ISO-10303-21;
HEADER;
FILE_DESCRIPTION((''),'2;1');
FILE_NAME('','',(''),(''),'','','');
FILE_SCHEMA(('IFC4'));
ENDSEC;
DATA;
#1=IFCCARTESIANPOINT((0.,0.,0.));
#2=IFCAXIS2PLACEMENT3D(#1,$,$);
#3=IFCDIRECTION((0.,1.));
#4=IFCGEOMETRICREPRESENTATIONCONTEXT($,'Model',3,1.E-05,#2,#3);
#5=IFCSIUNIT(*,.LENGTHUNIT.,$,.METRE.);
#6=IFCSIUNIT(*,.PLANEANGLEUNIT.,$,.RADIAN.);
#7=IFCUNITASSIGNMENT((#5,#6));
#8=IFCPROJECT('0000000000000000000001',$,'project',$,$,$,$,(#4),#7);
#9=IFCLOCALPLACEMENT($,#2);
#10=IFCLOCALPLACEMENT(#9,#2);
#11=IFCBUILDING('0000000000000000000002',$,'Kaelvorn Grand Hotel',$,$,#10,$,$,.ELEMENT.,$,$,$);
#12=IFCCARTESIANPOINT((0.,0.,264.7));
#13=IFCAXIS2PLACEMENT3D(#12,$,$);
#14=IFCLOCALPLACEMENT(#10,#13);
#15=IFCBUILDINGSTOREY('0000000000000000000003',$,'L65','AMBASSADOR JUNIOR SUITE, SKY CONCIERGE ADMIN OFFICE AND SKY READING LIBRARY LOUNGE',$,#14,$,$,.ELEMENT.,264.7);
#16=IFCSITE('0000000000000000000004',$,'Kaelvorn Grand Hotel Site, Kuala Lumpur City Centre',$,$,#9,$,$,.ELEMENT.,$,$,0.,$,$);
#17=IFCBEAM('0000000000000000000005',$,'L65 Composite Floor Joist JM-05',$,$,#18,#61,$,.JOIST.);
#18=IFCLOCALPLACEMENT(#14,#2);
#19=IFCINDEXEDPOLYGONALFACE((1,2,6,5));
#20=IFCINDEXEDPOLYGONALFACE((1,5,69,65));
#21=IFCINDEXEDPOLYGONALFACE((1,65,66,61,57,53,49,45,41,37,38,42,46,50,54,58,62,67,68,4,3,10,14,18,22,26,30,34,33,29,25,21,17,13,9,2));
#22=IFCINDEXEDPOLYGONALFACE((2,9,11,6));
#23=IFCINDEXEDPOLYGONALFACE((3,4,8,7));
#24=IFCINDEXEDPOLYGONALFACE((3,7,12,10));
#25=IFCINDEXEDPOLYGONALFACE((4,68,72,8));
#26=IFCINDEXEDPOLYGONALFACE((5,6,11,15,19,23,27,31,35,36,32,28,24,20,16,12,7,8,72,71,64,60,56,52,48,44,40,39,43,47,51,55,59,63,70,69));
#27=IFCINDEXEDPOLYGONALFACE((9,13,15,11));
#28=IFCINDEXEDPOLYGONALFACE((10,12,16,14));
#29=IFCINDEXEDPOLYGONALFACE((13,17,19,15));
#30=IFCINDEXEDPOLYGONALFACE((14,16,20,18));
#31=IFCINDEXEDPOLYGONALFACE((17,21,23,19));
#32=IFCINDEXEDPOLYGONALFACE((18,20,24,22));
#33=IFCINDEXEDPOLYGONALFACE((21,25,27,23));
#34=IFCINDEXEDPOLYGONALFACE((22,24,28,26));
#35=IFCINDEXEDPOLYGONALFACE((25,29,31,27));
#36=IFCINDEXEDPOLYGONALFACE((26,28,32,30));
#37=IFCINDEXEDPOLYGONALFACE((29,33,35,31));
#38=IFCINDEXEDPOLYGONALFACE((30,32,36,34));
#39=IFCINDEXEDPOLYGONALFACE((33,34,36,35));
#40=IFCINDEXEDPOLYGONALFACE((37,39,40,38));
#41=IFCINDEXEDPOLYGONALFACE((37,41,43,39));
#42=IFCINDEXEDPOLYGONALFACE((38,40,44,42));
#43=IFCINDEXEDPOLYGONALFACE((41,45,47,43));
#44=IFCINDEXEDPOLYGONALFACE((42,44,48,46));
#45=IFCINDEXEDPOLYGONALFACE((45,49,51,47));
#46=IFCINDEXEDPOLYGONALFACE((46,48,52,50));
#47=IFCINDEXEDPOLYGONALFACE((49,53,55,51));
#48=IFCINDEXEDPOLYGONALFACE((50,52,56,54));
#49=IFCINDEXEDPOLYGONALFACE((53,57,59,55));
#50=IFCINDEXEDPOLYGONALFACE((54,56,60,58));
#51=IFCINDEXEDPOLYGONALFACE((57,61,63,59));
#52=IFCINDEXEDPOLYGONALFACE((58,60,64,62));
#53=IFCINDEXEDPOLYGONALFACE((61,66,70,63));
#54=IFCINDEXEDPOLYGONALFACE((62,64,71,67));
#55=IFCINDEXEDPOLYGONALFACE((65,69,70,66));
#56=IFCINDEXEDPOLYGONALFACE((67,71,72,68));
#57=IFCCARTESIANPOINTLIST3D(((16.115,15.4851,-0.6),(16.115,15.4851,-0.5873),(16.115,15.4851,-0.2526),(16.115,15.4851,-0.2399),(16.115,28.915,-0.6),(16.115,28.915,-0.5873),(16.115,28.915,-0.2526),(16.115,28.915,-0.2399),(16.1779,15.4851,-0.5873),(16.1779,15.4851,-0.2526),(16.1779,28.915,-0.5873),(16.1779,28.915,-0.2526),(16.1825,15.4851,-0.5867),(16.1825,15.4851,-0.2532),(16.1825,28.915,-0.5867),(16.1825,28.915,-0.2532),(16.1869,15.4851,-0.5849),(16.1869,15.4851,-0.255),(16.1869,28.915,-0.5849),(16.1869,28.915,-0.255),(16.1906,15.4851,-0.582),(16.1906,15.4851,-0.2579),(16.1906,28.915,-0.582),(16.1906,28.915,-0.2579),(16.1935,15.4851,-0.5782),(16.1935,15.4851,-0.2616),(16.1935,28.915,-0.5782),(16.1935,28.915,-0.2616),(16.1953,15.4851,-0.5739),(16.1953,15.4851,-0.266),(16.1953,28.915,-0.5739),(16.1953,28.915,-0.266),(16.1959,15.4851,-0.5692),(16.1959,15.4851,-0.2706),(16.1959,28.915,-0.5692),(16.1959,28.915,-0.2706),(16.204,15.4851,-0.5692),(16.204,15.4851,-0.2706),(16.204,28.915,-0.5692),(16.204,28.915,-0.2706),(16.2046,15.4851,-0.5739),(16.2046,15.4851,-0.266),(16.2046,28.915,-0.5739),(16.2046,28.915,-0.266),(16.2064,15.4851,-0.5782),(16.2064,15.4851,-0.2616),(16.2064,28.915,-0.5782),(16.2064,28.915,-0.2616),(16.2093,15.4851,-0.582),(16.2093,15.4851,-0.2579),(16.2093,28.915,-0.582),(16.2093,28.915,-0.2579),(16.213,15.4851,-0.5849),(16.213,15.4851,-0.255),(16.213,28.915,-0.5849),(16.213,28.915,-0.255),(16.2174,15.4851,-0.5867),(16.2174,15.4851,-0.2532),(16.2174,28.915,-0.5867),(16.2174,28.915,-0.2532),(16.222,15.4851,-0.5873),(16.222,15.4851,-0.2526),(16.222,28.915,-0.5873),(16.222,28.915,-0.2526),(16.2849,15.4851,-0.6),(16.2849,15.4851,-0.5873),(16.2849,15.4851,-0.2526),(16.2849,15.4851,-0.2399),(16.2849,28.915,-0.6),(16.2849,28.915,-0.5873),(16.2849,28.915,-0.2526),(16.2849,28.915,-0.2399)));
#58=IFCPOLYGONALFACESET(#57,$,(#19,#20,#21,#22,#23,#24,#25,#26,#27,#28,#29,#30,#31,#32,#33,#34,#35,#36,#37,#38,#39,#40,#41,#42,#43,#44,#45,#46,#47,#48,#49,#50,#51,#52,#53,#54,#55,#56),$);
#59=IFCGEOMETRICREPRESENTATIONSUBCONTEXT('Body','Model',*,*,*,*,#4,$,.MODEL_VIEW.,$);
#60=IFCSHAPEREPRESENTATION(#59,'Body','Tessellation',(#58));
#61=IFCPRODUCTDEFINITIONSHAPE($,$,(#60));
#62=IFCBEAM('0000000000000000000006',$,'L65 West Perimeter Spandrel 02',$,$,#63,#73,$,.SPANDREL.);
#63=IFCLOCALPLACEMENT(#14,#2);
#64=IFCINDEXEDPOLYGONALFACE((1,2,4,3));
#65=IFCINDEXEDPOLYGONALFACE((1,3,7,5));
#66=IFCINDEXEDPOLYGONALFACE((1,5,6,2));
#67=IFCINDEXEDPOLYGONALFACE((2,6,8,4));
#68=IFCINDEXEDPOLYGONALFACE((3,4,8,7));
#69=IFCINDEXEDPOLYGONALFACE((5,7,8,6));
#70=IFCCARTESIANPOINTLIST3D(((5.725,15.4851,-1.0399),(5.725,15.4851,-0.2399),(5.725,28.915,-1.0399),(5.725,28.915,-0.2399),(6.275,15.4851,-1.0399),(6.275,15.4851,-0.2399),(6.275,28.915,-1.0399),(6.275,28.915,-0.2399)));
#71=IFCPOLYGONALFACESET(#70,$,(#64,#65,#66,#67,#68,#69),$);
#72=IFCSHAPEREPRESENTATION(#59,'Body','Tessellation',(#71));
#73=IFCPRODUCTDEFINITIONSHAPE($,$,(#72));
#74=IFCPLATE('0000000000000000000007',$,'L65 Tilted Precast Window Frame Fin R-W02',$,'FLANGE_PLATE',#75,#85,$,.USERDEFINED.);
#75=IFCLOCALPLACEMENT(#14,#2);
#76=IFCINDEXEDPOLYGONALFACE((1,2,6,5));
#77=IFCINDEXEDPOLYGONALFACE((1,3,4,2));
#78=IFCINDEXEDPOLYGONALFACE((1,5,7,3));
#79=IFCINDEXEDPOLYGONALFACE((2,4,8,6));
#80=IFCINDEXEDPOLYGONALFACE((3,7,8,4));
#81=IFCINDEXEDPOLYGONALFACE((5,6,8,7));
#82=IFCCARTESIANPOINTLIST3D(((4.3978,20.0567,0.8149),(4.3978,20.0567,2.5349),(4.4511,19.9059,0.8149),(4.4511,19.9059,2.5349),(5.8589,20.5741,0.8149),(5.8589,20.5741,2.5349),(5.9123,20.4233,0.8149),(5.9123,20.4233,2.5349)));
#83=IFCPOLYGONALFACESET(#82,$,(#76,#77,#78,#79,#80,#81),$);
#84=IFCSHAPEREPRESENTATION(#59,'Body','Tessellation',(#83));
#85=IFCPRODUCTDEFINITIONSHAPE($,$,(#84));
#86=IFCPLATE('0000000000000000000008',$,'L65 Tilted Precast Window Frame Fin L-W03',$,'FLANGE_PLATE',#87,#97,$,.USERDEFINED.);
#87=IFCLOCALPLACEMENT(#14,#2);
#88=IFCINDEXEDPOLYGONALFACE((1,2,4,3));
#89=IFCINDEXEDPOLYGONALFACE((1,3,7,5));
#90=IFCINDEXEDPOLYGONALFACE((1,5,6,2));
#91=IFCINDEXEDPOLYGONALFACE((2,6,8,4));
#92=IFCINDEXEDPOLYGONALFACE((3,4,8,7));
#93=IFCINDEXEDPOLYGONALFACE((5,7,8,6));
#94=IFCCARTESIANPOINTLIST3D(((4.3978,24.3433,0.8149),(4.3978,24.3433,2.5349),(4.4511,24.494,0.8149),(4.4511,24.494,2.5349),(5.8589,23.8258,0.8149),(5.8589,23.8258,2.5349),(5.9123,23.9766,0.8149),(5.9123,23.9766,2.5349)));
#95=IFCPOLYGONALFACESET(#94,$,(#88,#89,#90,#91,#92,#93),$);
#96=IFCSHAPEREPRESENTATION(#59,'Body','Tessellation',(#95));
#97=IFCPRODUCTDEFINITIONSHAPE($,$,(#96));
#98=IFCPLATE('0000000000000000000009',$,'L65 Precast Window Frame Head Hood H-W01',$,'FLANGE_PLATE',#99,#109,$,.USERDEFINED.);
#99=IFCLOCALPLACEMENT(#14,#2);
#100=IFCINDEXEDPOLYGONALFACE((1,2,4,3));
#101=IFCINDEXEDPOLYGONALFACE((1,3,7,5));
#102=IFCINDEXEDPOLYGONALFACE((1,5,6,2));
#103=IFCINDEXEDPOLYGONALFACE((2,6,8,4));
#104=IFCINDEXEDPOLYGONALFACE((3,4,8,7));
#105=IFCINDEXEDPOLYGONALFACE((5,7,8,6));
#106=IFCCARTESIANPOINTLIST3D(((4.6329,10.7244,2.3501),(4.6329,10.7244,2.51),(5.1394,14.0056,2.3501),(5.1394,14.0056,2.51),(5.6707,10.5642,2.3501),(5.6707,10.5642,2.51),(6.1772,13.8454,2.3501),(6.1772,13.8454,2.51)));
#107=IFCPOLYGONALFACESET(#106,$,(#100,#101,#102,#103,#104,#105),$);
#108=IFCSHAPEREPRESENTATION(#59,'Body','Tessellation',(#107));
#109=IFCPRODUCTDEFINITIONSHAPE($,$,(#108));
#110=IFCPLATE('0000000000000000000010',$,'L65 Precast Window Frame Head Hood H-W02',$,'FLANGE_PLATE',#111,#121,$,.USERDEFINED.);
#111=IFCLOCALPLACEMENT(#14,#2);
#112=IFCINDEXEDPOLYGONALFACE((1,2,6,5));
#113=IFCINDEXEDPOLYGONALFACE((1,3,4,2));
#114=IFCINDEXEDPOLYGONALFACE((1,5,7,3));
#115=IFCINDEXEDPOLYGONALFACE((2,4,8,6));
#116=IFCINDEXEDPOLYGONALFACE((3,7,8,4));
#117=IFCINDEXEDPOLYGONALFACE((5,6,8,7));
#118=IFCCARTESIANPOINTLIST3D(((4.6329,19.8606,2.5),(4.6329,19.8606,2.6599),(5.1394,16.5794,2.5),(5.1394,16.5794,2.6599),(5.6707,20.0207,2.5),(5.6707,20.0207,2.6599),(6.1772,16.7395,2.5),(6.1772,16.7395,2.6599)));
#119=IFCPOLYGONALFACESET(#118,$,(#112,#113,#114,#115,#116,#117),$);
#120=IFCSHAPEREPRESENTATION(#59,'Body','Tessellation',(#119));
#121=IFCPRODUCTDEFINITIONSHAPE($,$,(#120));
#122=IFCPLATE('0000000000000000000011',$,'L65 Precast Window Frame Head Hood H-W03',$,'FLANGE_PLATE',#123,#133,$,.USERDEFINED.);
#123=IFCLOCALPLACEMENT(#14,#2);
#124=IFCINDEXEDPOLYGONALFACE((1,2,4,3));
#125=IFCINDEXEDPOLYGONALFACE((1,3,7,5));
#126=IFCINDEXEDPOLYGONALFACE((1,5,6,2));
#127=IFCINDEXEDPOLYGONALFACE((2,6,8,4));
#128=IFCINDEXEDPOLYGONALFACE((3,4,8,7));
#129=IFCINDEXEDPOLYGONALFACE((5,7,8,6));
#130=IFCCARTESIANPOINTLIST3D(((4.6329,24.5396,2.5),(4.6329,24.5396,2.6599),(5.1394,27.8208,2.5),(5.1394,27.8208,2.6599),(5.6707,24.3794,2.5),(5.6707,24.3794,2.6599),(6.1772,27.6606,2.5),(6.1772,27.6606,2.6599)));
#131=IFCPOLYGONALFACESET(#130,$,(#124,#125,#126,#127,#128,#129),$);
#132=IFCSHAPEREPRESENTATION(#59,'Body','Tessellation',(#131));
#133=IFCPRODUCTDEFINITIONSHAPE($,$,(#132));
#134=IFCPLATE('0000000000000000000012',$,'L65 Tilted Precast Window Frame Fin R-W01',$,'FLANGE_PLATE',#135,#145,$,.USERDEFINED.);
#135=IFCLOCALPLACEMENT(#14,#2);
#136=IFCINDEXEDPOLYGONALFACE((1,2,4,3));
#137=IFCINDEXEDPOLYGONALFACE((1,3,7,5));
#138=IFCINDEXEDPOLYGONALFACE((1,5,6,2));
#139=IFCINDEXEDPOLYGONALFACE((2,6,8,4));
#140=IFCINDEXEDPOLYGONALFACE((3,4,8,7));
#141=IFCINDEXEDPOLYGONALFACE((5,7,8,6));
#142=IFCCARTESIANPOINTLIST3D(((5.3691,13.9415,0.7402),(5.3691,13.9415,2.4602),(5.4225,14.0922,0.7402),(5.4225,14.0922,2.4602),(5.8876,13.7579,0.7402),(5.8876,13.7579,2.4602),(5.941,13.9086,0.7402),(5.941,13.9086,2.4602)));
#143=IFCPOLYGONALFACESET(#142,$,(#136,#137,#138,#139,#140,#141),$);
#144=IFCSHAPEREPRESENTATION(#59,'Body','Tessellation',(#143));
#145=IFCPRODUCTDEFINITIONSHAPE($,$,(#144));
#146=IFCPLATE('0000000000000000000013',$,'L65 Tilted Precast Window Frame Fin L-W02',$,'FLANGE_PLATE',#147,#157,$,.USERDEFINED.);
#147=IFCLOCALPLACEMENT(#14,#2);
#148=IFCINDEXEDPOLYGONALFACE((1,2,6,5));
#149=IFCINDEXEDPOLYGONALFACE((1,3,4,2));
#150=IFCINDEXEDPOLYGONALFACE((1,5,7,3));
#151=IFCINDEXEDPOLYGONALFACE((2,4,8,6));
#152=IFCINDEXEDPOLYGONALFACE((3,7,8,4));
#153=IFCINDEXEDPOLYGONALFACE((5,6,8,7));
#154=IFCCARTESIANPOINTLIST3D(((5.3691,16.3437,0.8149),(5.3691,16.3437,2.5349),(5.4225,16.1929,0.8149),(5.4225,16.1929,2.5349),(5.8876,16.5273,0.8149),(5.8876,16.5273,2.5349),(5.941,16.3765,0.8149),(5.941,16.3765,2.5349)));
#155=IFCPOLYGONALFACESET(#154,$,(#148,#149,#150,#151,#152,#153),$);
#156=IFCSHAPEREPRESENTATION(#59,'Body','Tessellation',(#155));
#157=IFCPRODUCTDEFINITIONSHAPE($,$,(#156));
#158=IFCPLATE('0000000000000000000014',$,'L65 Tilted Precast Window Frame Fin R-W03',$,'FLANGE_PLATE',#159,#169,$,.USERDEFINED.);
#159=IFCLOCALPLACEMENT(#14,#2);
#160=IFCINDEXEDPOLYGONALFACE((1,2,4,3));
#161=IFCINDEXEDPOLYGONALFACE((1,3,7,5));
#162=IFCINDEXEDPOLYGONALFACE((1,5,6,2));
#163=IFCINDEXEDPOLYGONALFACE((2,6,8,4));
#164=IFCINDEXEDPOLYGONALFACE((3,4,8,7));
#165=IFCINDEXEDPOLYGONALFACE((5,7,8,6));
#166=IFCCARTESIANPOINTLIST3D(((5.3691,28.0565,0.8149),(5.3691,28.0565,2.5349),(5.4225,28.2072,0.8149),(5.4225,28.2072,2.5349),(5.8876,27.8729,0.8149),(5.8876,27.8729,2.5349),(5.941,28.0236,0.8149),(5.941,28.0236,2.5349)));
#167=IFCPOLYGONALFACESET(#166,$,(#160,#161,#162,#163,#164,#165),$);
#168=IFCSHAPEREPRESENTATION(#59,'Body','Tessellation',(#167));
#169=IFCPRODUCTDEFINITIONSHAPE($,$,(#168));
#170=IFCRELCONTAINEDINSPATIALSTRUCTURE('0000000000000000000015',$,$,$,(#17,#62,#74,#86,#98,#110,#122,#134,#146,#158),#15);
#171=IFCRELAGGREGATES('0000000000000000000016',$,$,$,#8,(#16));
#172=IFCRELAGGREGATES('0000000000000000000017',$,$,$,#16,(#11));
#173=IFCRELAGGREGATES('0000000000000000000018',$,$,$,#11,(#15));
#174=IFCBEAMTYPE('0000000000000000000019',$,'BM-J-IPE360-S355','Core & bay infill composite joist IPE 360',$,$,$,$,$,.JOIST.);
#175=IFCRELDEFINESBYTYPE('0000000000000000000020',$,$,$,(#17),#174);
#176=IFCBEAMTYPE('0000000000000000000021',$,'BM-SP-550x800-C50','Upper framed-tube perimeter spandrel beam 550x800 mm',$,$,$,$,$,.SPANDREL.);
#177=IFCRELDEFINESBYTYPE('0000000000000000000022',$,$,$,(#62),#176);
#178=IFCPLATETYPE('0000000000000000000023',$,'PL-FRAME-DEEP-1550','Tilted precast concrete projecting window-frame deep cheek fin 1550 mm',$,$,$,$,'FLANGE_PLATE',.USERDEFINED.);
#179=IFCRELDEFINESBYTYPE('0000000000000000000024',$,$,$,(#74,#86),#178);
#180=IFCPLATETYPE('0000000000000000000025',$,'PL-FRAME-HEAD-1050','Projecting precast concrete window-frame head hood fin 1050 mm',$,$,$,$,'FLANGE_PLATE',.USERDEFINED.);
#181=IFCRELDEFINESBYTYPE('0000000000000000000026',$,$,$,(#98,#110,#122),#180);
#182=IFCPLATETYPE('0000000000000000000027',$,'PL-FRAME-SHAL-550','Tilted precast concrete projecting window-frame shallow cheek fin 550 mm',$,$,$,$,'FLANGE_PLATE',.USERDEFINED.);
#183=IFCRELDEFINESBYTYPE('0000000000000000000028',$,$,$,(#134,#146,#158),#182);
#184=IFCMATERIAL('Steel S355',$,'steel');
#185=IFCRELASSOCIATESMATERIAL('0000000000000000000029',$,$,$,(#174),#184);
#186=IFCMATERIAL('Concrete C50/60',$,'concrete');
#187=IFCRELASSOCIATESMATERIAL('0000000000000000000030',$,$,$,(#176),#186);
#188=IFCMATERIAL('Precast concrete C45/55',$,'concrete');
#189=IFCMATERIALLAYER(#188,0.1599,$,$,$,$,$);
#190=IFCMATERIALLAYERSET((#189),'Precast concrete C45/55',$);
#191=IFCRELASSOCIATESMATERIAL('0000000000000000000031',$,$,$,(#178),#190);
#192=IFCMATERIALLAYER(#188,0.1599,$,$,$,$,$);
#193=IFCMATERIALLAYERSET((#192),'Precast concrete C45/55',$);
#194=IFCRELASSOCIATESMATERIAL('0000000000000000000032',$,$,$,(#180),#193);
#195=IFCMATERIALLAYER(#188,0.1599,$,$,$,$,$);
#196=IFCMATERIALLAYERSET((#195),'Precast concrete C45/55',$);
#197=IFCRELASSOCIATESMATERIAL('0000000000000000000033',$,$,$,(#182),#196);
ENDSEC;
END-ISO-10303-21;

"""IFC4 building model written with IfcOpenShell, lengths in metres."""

from ifc_helpers import new_model, si_unit, direction, frame, origin, origin_2d, place, context, subcontext, project, spatial, rectangle, i_section, extrude, material, layer, layer_set, material_profile, profile_set, type_object, element, save


model = new_model("IFC4")

# Units and contexts
model_context = context("Model", 3, precision=1e-05, world=origin(), true_north=direction((0.0, 1.0)))
body_context = subcontext(model_context, "Body", "Model", "MODEL_VIEW")
ifc_project = project(units=[si_unit("LENGTHUNIT", "METRE"), si_unit("PLANEANGLEUNIT", "RADIAN")], contexts=[model_context])

# Site, building, storey
site_placement = place(None, origin())
site = spatial("IfcSite", under=ifc_project, at=site_placement, Name="Kaelvorn Grand Hotel Site, Kuala Lumpur City Centre", CompositionType="ELEMENT", RefElevation=0.0)
building_placement = place(site_placement, origin())
building = spatial("IfcBuilding", under=site, at=building_placement, Name="Kaelvorn Grand Hotel", CompositionType="ELEMENT")
storey_placement = place(building_placement, frame((0.0, 0.0, 264.7)))
storey = spatial("IfcBuildingStorey", under=building, at=storey_placement, Name="L65", Description="AMBASSADOR JUNIOR SUITE, SKY CONCIERGE ADMIN OFFICE AND SKY READING LIBRARY LOUNGE", CompositionType="ELEMENT", Elevation=264.7)

# Shared definitions
ifc_material_1 = material(Name="Concrete C50/60", Category="concrete")

# Beams
ifc_material_2 = material(Name="Steel S355", Category="steel")
ifc_material_profile_1 = material_profile(ifc_material_2, i_section(OverallWidth=0.1699, OverallDepth=0.3601, WebThickness=0.0081, FlangeThickness=0.0127, FilletRadius=0.0181, at=origin_2d()), Name="IPE 360")
ifc_profile_set_1 = profile_set([ifc_material_profile_1], Name="Steel S355")
beam_type_1 = type_object("IfcBeamType", Name="BM-J-IPE360-S355", Description="Core & bay infill composite joist IPE 360", PredefinedType="JOIST", material=ifc_profile_set_1)
beam_1_placement = place(storey_placement, frame((16.2, 15.4851, -0.4199), z_axis=(0.0, 1.0, 0.0), x_axis=(-1.0, 0.0, 0.0)))
element("IfcBeam", 1, at=beam_1_placement, inside=storey, type_object=beam_type_1, Name="L65 Composite Floor Joist JM-05", PredefinedType="JOIST", context=body_context, shape_type="SweptSolid", body=[
    extrude(i_section(OverallWidth=0.1699, OverallDepth=0.3601, WebThickness=0.0081, FlangeThickness=0.0127, FilletRadius=0.0181, at=origin_2d()), origin(), (0.0, 0.0, 1.0), 13.4299),
])
ifc_material_profile_2 = material_profile(ifc_material_1, rectangle(XDim=0.55, YDim=0.8, at=origin_2d()), Name="RC SPANDREL 550x800")
ifc_profile_set_2 = profile_set([ifc_material_profile_2], Name="Concrete C50/60")
beam_type_2 = type_object("IfcBeamType", Name="BM-SP-550x800-C50", Description="Upper framed-tube perimeter spandrel beam 550x800 mm", PredefinedType="SPANDREL", material=ifc_profile_set_2)
beam_2_placement = place(storey_placement, frame((6.0, 15.4851, -0.6399), z_axis=(0.0, 1.0, 0.0), x_axis=(-1.0, 0.0, 0.0)))
element("IfcBeam", 2, at=beam_2_placement, inside=storey, type_object=beam_type_2, Name="L65 West Perimeter Spandrel 02", PredefinedType="SPANDREL", context=body_context, shape_type="SweptSolid", body=[
    extrude(rectangle(XDim=0.55, YDim=0.8, at=origin_2d()), origin(), (0.0, 0.0, 1.0), 13.4299),
])

# Plates
ifc_material_3 = material(Name="Precast concrete C45/55", Category="concrete")
ifc_layer_1 = layer(ifc_material_3, 0.1599)
ifc_layer_set_1 = layer_set([ifc_layer_1], Name="Precast concrete C45/55")
plate_type_1 = type_object("IfcPlateType", Name="PL-FRAME-DEEP-1550", Description="Tilted precast concrete projecting window-frame deep cheek fin 1550 mm", ElementType="FLANGE_PLATE", PredefinedType="USERDEFINED", material=ifc_layer_set_1)
for number, where, z_axis, x_axis, name in (
    (3, (5.155, 20.24, 0.8149), (0.0, 0.0, 1.0), (-0.333807, 0.942641, 0.0), "L65 Tilted Precast Window Frame Fin R-W02"),
    (4, (5.155, 24.1599, 0.8149), (0.0, 0.0, 1.0), (0.333807, 0.942641, 0.0), "L65 Tilted Precast Window Frame Fin L-W03"),
):
    element("IfcPlate", number, at=place(storey_placement, frame(where, z_axis=z_axis, x_axis=x_axis)), inside=storey, type_object=plate_type_1, Name=name, ObjectType="FLANGE_PLATE", PredefinedType="USERDEFINED", context=body_context, shape_type="SweptSolid", body=[
        extrude(rectangle(XDim=0.1599, YDim=1.55, at=origin_2d()), origin(), (0.0, 0.0, 1.0), 1.72),
    ])
ifc_layer_2 = layer(ifc_material_3, 0.1599)
ifc_layer_set_2 = layer_set([ifc_layer_2], Name="Precast concrete C45/55")
plate_type_2 = type_object("IfcPlateType", Name="PL-FRAME-HEAD-1050", Description="Projecting precast concrete window-frame head hood fin 1050 mm", ElementType="FLANGE_PLATE", PredefinedType="USERDEFINED", material=ifc_layer_set_2)
for number, where, z_axis, x_axis, name in (
    (5, (5.405, 12.2849, 2.3501), (0.0, 0.0, 1.0), (0.152555, 0.988295, 0.0), "L65 Precast Window Frame Head Hood H-W01"),
    (6, (5.405, 18.3, 2.5), (0.0, 0.0, 1.0), (-0.152555, 0.988295, 0.0), "L65 Precast Window Frame Head Hood H-W02"),
    (7, (5.405, 26.1001, 2.5), (0.0, 0.0, 1.0), (0.152555, 0.988295, 0.0), "L65 Precast Window Frame Head Hood H-W03"),
):
    element("IfcPlate", number, at=place(storey_placement, frame(where, z_axis=z_axis, x_axis=x_axis)), inside=storey, type_object=plate_type_2, Name=name, ObjectType="FLANGE_PLATE", PredefinedType="USERDEFINED", context=body_context, shape_type="SweptSolid", body=[
        extrude(rectangle(XDim=3.3201, YDim=1.05, at=origin_2d()), origin(), (0.0, 0.0, 1.0), 0.1599),
    ])
ifc_layer_3 = layer(ifc_material_3, 0.1599)
ifc_layer_set_3 = layer_set([ifc_layer_3], Name="Precast concrete C45/55")
plate_type_3 = type_object("IfcPlateType", Name="PL-FRAME-SHAL-550", Description="Tilted precast concrete projecting window-frame shallow cheek fin 550 mm", ElementType="FLANGE_PLATE", PredefinedType="USERDEFINED", material=ifc_layer_set_3)
for number, where, z_axis, x_axis, name in (
    (8, (5.655, 13.925, 0.7402), (0.0, 0.0, 1.0), (0.333807, 0.942641, 0.0), "L65 Tilted Precast Window Frame Fin R-W01"),
    (9, (5.655, 16.3601, 0.8149), (0.0, 0.0, 1.0), (-0.333807, 0.942641, 0.0), "L65 Tilted Precast Window Frame Fin L-W02"),
    (10, (5.655, 28.04, 0.8149), (0.0, 0.0, 1.0), (0.333807, 0.942641, 0.0), "L65 Tilted Precast Window Frame Fin R-W03"),
):
    element("IfcPlate", number, at=place(storey_placement, frame(where, z_axis=z_axis, x_axis=x_axis)), inside=storey, type_object=plate_type_3, Name=name, ObjectType="FLANGE_PLATE", PredefinedType="USERDEFINED", context=body_context, shape_type="SweptSolid", body=[
        extrude(rectangle(XDim=0.1599, YDim=0.55, at=origin_2d()), origin(), (0.0, 0.0, 1.0), 1.72),
    ])

save(model, "model.ifc")
